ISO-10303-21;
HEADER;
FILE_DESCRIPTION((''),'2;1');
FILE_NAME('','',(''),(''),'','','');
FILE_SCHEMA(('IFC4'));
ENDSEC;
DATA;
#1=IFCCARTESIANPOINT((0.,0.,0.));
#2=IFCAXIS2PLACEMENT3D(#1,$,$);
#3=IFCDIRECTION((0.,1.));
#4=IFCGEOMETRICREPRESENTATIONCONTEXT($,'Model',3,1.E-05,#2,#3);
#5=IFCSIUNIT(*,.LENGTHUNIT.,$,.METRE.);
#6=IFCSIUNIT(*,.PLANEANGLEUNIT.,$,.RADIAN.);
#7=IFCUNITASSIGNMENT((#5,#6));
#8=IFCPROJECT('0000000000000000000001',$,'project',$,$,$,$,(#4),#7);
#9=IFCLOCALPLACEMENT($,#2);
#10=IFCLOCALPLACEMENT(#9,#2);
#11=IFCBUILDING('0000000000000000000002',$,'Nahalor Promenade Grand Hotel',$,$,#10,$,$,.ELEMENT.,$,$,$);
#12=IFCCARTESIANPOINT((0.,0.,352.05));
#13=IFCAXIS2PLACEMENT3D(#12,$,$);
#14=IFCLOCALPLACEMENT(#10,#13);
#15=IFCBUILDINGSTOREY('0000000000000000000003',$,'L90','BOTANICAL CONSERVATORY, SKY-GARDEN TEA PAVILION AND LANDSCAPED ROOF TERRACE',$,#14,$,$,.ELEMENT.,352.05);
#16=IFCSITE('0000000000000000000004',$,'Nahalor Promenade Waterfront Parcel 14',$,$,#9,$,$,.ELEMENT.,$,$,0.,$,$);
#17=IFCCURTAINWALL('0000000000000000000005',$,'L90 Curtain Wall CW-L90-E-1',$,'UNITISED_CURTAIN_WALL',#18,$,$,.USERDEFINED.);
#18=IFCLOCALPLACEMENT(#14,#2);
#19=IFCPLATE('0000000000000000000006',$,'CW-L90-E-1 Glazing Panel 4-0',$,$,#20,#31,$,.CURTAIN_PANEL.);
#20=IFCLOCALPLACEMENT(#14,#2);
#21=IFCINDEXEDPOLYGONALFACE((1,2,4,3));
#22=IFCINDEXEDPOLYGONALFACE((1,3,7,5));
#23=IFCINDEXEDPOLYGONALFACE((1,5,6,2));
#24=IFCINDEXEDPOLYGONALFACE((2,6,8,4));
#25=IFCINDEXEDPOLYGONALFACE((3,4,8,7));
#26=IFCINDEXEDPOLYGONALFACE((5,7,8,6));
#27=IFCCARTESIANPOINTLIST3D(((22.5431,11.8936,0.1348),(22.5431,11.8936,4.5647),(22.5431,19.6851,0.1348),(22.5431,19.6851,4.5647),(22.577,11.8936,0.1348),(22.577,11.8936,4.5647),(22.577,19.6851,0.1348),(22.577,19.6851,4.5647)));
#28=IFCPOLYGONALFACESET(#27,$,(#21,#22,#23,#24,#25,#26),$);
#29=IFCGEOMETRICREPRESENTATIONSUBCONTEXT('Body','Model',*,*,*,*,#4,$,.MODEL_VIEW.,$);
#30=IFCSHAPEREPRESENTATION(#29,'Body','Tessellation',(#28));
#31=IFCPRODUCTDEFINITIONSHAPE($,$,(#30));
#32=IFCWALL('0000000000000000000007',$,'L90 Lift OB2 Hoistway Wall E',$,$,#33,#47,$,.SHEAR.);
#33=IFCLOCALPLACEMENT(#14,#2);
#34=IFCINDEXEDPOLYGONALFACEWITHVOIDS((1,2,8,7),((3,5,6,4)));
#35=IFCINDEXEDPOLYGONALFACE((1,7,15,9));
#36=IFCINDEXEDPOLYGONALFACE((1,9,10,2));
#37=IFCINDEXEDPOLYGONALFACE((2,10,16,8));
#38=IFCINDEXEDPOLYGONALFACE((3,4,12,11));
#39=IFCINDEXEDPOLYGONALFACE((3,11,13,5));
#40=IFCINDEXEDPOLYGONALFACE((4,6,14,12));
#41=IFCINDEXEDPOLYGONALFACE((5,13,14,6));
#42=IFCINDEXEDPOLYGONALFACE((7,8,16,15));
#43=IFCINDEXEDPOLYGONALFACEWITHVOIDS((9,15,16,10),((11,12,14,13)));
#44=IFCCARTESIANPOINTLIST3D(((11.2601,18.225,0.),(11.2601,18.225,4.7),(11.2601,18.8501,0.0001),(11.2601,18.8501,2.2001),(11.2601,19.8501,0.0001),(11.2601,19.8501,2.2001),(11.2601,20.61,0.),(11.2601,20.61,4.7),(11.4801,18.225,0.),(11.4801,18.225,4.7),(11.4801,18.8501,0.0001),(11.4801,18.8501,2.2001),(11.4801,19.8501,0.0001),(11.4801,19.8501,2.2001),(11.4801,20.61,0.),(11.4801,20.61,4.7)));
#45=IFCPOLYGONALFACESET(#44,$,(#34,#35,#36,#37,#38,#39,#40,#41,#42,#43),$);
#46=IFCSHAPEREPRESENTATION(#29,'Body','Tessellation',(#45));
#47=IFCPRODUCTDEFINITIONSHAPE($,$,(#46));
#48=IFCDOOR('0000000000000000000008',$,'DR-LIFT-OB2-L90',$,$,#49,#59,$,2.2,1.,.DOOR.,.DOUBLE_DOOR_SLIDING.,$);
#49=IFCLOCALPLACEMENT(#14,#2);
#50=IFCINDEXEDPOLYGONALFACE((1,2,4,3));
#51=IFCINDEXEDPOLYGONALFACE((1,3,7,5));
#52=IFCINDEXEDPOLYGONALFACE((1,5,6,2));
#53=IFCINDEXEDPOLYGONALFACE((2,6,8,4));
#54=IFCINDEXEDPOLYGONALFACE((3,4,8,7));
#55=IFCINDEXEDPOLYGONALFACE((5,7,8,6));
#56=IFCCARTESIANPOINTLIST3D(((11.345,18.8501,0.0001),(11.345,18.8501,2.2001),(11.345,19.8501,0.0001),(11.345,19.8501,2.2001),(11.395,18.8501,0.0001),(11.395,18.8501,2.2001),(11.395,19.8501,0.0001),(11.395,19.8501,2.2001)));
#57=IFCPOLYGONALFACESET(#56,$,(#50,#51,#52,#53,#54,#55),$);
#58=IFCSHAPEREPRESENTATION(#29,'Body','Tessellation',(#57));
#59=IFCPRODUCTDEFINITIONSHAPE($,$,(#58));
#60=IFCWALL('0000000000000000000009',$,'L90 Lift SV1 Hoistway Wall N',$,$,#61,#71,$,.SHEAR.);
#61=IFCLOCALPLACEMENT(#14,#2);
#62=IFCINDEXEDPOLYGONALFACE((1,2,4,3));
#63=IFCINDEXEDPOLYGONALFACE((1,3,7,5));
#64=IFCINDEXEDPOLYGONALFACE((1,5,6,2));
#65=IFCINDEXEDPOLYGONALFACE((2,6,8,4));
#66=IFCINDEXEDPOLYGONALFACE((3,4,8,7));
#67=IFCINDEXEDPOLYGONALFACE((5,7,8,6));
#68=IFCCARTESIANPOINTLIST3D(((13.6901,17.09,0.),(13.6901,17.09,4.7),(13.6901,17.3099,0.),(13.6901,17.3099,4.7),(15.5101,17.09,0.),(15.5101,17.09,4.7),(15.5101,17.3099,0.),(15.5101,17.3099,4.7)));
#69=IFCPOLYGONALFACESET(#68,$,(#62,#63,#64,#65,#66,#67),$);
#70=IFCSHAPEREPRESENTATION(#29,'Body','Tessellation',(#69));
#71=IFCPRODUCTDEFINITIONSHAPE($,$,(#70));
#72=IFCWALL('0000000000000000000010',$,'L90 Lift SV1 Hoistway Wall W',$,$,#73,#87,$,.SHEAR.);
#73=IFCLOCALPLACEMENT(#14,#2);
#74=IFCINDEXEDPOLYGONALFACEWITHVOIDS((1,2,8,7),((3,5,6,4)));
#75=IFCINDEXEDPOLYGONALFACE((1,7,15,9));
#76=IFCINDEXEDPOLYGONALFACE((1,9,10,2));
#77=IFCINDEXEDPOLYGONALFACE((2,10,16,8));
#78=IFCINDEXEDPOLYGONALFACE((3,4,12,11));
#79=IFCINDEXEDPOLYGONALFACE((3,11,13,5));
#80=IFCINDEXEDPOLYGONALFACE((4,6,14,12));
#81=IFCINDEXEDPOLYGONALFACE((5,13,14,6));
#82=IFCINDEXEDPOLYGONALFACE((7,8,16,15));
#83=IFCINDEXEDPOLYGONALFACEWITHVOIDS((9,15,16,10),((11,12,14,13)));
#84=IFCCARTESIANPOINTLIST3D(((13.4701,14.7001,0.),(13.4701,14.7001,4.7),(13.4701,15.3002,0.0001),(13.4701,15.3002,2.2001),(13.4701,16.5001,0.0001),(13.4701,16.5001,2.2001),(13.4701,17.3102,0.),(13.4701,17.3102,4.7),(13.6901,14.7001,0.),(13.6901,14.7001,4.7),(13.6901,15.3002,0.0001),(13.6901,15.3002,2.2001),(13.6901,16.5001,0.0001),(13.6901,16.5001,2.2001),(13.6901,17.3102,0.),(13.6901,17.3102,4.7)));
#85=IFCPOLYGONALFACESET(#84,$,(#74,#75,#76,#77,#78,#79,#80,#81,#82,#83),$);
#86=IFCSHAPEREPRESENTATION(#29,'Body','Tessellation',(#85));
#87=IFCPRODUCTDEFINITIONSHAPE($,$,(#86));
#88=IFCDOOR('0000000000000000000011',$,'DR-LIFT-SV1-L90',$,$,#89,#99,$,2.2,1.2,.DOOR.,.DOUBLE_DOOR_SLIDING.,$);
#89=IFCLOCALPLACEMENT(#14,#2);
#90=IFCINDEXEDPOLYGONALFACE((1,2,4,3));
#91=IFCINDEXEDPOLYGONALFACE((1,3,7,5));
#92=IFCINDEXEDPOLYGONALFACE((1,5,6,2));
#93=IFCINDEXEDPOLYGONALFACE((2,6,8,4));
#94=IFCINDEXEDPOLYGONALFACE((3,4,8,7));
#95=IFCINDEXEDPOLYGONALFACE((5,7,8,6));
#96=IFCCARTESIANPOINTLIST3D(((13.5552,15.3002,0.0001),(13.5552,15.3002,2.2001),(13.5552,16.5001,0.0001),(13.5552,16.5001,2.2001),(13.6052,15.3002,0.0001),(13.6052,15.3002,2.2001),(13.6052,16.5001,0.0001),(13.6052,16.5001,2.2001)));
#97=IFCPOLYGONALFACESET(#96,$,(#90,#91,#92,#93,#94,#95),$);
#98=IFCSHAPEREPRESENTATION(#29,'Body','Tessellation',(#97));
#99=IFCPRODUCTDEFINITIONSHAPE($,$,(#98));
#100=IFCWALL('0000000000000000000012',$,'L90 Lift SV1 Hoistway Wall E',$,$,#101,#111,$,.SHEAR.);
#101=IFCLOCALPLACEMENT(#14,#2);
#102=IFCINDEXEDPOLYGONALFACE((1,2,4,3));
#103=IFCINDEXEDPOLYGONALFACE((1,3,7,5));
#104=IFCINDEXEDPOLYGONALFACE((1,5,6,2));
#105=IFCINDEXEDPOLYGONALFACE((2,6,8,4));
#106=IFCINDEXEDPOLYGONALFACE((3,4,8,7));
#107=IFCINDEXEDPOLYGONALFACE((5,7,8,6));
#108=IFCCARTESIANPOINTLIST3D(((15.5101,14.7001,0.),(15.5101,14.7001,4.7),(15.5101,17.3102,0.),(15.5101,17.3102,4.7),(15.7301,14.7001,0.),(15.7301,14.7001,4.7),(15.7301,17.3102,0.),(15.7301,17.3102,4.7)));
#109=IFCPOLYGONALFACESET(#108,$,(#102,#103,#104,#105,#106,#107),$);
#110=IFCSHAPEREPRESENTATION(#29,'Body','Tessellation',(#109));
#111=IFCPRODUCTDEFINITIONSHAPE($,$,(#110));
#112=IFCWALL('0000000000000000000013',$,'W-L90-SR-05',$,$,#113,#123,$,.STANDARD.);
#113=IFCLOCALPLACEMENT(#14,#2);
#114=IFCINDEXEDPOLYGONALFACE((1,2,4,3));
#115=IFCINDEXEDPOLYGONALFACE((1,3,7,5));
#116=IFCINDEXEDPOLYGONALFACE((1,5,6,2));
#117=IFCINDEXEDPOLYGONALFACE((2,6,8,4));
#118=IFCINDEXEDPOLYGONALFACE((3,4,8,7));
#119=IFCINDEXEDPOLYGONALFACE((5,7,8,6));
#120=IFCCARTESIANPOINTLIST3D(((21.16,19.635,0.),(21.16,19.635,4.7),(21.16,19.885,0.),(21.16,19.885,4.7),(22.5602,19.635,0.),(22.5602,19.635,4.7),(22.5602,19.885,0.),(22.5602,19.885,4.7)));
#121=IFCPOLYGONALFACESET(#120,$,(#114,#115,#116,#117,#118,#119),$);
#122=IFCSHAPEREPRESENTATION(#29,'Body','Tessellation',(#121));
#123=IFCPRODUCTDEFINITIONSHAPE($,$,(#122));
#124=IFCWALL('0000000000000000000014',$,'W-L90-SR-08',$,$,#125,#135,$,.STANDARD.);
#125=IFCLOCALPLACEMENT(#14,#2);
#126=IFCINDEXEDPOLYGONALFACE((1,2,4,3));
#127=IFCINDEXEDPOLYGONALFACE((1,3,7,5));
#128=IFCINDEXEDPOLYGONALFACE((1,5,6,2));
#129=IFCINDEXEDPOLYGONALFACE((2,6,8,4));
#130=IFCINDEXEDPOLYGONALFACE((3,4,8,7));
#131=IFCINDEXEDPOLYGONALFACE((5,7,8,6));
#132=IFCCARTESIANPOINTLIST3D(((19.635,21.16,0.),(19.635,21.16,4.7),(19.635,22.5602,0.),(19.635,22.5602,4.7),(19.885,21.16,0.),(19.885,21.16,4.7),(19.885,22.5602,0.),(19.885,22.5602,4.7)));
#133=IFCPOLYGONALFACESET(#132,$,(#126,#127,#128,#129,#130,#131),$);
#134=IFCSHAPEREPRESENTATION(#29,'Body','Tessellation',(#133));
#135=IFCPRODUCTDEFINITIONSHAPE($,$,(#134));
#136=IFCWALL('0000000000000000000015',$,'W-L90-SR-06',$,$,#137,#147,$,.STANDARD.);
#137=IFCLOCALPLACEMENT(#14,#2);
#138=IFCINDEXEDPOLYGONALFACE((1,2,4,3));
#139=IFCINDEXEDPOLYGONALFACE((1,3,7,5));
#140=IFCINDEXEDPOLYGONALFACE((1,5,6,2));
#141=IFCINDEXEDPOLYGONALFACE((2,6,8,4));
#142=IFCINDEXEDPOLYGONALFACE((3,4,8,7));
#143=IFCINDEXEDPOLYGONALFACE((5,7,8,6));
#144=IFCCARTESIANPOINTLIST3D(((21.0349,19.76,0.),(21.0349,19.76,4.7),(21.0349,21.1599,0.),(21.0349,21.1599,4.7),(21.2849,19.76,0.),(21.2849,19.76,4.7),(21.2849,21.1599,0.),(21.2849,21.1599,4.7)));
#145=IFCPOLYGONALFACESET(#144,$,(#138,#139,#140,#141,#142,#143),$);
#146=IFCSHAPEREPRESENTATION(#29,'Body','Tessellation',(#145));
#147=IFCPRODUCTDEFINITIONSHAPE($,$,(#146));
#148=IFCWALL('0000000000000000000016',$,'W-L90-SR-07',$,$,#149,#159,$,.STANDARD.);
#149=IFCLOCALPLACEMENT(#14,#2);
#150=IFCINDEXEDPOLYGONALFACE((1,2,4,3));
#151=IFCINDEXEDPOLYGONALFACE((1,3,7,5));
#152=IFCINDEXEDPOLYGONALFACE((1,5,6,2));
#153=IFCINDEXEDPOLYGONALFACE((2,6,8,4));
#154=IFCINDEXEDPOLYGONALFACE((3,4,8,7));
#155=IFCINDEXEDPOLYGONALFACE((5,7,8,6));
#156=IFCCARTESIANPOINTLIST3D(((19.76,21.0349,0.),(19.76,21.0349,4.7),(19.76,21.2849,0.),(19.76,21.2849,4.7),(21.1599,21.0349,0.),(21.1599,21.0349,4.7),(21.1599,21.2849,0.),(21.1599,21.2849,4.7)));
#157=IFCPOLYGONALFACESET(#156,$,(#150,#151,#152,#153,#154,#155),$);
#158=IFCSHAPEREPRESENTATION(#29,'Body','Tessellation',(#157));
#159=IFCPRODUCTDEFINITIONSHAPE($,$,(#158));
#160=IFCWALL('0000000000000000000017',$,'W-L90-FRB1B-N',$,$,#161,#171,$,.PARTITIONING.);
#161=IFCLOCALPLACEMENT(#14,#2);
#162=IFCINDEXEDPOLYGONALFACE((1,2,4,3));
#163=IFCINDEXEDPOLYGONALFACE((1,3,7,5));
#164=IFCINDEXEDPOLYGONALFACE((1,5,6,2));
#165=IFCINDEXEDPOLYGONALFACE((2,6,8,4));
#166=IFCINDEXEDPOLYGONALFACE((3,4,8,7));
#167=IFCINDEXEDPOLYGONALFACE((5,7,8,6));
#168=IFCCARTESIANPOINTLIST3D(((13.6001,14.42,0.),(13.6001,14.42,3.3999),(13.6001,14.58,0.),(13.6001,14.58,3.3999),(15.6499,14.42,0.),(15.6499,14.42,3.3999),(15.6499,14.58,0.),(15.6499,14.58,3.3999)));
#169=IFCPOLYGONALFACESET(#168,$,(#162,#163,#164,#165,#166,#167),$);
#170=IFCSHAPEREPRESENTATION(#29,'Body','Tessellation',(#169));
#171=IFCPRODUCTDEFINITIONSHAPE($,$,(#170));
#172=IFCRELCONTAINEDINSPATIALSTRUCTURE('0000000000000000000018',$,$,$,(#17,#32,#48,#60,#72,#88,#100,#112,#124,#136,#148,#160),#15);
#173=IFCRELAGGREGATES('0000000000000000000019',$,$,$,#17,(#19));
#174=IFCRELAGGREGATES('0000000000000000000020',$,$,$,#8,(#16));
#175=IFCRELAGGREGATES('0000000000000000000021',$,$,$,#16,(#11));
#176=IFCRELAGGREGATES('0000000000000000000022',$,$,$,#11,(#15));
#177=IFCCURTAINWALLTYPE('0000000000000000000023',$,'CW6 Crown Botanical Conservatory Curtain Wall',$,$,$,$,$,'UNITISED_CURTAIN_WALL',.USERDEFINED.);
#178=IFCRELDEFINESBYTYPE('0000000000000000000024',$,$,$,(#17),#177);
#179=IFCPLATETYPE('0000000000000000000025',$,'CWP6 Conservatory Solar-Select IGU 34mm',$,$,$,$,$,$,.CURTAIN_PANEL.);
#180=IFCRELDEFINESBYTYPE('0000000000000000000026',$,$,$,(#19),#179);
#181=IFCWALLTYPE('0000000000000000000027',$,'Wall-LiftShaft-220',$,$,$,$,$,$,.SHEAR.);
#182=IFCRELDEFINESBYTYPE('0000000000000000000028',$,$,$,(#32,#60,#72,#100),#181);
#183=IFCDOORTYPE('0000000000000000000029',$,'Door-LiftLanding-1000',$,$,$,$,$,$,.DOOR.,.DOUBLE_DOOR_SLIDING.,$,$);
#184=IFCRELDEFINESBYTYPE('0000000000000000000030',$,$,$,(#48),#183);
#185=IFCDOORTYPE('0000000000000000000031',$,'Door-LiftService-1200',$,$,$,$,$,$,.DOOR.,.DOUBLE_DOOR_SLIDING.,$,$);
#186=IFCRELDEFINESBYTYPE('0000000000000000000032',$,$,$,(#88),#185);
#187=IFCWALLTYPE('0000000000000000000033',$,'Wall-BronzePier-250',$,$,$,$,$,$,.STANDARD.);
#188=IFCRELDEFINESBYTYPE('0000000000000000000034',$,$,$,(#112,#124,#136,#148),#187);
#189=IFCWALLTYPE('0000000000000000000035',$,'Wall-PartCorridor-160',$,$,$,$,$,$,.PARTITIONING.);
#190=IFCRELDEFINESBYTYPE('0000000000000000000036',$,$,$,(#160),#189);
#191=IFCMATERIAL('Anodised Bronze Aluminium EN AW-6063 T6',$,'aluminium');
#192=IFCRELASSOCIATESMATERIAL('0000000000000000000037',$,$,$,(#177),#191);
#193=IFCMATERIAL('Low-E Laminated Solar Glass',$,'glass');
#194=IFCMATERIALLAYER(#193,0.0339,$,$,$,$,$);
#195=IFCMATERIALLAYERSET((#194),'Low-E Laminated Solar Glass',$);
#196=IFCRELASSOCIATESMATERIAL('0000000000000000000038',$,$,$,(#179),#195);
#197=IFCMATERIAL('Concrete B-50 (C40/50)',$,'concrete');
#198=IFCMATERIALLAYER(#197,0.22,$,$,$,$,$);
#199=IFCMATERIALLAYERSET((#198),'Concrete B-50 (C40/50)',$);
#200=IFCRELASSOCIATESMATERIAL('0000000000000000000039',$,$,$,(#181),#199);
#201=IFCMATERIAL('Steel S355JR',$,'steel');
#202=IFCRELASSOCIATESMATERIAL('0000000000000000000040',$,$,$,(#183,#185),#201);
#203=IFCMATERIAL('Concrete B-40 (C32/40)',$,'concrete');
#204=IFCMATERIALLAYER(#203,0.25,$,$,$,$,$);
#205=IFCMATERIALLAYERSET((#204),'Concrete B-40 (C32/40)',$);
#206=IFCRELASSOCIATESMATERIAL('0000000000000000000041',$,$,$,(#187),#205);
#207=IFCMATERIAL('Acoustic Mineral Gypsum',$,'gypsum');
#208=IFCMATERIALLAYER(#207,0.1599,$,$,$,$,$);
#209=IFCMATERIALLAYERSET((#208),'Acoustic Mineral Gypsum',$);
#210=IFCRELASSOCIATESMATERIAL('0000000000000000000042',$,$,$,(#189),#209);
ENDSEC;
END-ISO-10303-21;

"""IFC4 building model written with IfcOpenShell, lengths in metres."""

from ifc_helpers import new_model, si_unit, direction, frame, frame_2d, origin, origin_2d, place, context, subcontext, project, spatial, rectangle, extrude, source, transform, mapped, material, layer, layer_set, type_object, element, fill, aggregate, save


model = new_model("IFC4")

# Units and contexts
model_context = context("Model", 3, precision=1e-05, world=origin(), true_north=direction((0.0, 1.0)))
body_context = subcontext(model_context, "Body", "Model", "MODEL_VIEW")
ifc_project = project(units=[si_unit("LENGTHUNIT", "METRE"), si_unit("PLANEANGLEUNIT", "RADIAN")], contexts=[model_context])

# Site, building, storey
site_placement = place(None, origin())
site = spatial("IfcSite", under=ifc_project, at=site_placement, Name="Nahalor Promenade Waterfront Parcel 14", CompositionType="ELEMENT", RefElevation=0.0)
building_placement = place(site_placement, origin())
building = spatial("IfcBuilding", under=site, at=building_placement, Name="Nahalor Promenade Grand Hotel", CompositionType="ELEMENT")
storey_placement = place(building_placement, frame((0.0, 0.0, 352.05)))
storey = spatial("IfcBuildingStorey", under=building, at=storey_placement, Name="L90", Description="BOTANICAL CONSERVATORY, SKY-GARDEN TEA PAVILION AND LANDSCAPED ROOF TERRACE", CompositionType="ELEMENT", Elevation=352.05)

# Shared definitions
ifc_material_1 = material(Name="Concrete B-50 (C40/50)", Category="concrete")
ifc_material_2 = material(Name="Steel S355JR", Category="steel")

# Shared definitions
ifc_material_3 = material(Name="Anodised Bronze Aluminium EN AW-6063 T6", Category="aluminium")
curtain_wall_type = type_object("IfcCurtainWallType", Name="CW6 Crown Botanical Conservatory Curtain Wall", ElementType="UNITISED_CURTAIN_WALL", PredefinedType="USERDEFINED", material=ifc_material_3)

# Curtain wall
curtain_wall_1_placement = place(storey_placement, origin())
curtain_wall_1 = element("IfcCurtainWall", 1, at=curtain_wall_1_placement, inside=storey, type_object=curtain_wall_type, Name="L90 Curtain Wall CW-L90-E-1", ObjectType="UNITISED_CURTAIN_WALL", PredefinedType="USERDEFINED")

# Plate
ifc_material_4 = material(Name="Low-E Laminated Solar Glass", Category="glass")
ifc_layer_1 = layer(ifc_material_4, 0.0339)
ifc_layer_set_1 = layer_set([ifc_layer_1], Name="Low-E Laminated Solar Glass")
plate_type = type_object("IfcPlateType", Name="CWP6 Conservatory Solar-Select IGU 34mm", PredefinedType="CURTAIN_PANEL", material=ifc_layer_set_1)
shared_shape_1 = source(origin(), body_context, "Body", "SweptSolid", [
    extrude(rectangle(XDim=7.7915, YDim=0.0339, at=origin_2d()), origin(), (0.0, 0.0, 1.0), 4.4299),
])
plate_1_placement = place(storey_placement, frame((22.5601, 15.7893, 0.1348), z_axis=(0.0, 0.0, 1.0), x_axis=(0.0, 1.0, 0.0)))
plate_1 = element("IfcPlate", 2, at=plate_1_placement, type_object=plate_type, Name="CW-L90-E-1 Glazing Panel 4-0", PredefinedType="CURTAIN_PANEL", context=body_context, shape_type="MappedRepresentation", body=[
    mapped(shared_shape_1, transform((0.0, 0.0, 0.0), scale=1.0)),
])
aggregate(curtain_wall_1, [plate_1])

# Wall, opening, door
ifc_layer_2 = layer(ifc_material_1, 0.22)
ifc_layer_set_2 = layer_set([ifc_layer_2], Name="Concrete B-50 (C40/50)")
wall_type_1 = type_object("IfcWallType", Name="Wall-LiftShaft-220", PredefinedType="SHEAR", material=ifc_layer_set_2)
shared_shape_2 = source(origin(), body_context, "Body", "SweptSolid", [
    extrude(rectangle(XDim=2.385, YDim=0.22, at=frame_2d((1.1924, 0.0))), origin(), (0.0, 0.0, 1.0), 4.7),
])
wall_1_placement = place(storey_placement, frame((11.3701, 18.2251, 0.0), z_axis=(0.0, 0.0, 1.0), x_axis=(0.0, 1.0, 0.0)))
wall_1 = element("IfcWall", 3, at=wall_1_placement, inside=storey, type_object=wall_type_1, Name="L90 Lift OB2 Hoistway Wall E", PredefinedType="SHEAR", context=body_context, shape_type="MappedRepresentation", body=[
    mapped(shared_shape_2, transform((0.0, 0.0, 0.0), scale=1.0)),
])
opening_1_placement = place(wall_1_placement, frame((0.625, 0.0, 0.0)))
opening_1 = element("IfcOpeningElement", 4, at=opening_1_placement, cuts=wall_1, PredefinedType="OPENING", context=body_context, shape_type="SweptSolid", body=[
    extrude(rectangle(XDim=1.0, YDim=2.2, at=frame_2d((0.5, 1.1001))), frame((0.0, 0.1199, 0.0), z_axis=(0.0, -1.0, 0.0), x_axis=(1.0, 0.0, 0.0)), (0.0, 0.0, 1.0), 0.24),
])
door_type_1 = type_object("IfcDoorType", Name="Door-LiftLanding-1000", OperationType="DOUBLE_DOOR_SLIDING", PredefinedType="DOOR", material=ifc_material_2)
shared_shape_3 = source(origin(), body_context, "Body", "SweptSolid", [
    extrude(rectangle(XDim=1.0, YDim=2.2, at=frame_2d((0.5, 1.1001))), frame((0.0, 0.0249, 0.0), z_axis=(0.0, -1.0, 0.0), x_axis=(1.0, 0.0, 0.0)), (0.0, 0.0, 1.0), 0.05),
])
door_1_placement = place(opening_1_placement, frame((1.0, 0.0, 0.0), z_axis=(0.0, 0.0, 1.0), x_axis=(-1.0, 0.0, 0.0)))
door_1 = element("IfcDoor", 5, at=door_1_placement, inside=storey, type_object=door_type_1, Name="DR-LIFT-OB2-L90", OperationType="DOUBLE_DOOR_SLIDING", OverallHeight=2.2, OverallWidth=1.0, PredefinedType="DOOR", context=body_context, shape_type="MappedRepresentation", body=[
    mapped(shared_shape_3, transform((0.0, 0.0, 0.0), scale=1.0)),
])
fill(opening_1, door_1)

# Wall
shared_shape_4 = source(origin(), body_context, "Body", "SweptSolid", [
    extrude(rectangle(XDim=1.8201, YDim=0.22, at=frame_2d((0.9102, 0.0))), origin(), (0.0, 0.0, 1.0), 4.7),
])
wall_2_placement = place(storey_placement, frame((13.6899, 17.2, 0.0), z_axis=(0.0, 0.0, 1.0), x_axis=(1.0, 0.0, 0.0)))
element("IfcWall", 6, at=wall_2_placement, inside=storey, type_object=wall_type_1, Name="L90 Lift SV1 Hoistway Wall N", PredefinedType="SHEAR", context=body_context, shape_type="MappedRepresentation", body=[
    mapped(shared_shape_4, transform((0.0, 0.0, 0.0), scale=1.0)),
])

# Wall, opening, door
shared_shape_5 = source(origin(), body_context, "Body", "SweptSolid", [
    extrude(rectangle(XDim=2.6101, YDim=0.22, at=frame_2d((1.3052, 0.0))), origin(), (0.0, 0.0, 1.0), 4.7),
])
wall_3_placement = place(storey_placement, frame((13.5801, 14.7, 0.0), z_axis=(0.0, 0.0, 1.0), x_axis=(0.0, 1.0, 0.0)))
wall_3 = element("IfcWall", 7, at=wall_3_placement, inside=storey, type_object=wall_type_1, Name="L90 Lift SV1 Hoistway Wall W", PredefinedType="SHEAR", context=body_context, shape_type="MappedRepresentation", body=[
    mapped(shared_shape_5, transform((0.0, 0.0, 0.0), scale=1.0)),
])
opening_2_placement = place(wall_3_placement, frame((0.6001, 0.0, 0.0)))
opening_2 = element("IfcOpeningElement", 8, at=opening_2_placement, cuts=wall_3, PredefinedType="OPENING", context=body_context, shape_type="SweptSolid", body=[
    extrude(rectangle(XDim=1.2, YDim=2.2, at=frame_2d((0.6001, 1.1001))), frame((0.0, 0.1199, 0.0), z_axis=(0.0, -1.0, 0.0), x_axis=(1.0, 0.0, 0.0)), (0.0, 0.0, 1.0), 0.24),
])
door_type_2 = type_object("IfcDoorType", Name="Door-LiftService-1200", OperationType="DOUBLE_DOOR_SLIDING", PredefinedType="DOOR", material=ifc_material_2)
shared_shape_6 = source(origin(), body_context, "Body", "SweptSolid", [
    extrude(rectangle(XDim=1.2, YDim=2.2, at=frame_2d((0.6001, 1.1001))), frame((0.0, 0.0249, 0.0), z_axis=(0.0, -1.0, 0.0), x_axis=(1.0, 0.0, 0.0)), (0.0, 0.0, 1.0), 0.05),
])
door_2_placement = place(opening_2_placement, origin())
door_2 = element("IfcDoor", 9, at=door_2_placement, inside=storey, type_object=door_type_2, Name="DR-LIFT-SV1-L90", OperationType="DOUBLE_DOOR_SLIDING", OverallHeight=2.2, OverallWidth=1.2, PredefinedType="DOOR", context=body_context, shape_type="MappedRepresentation", body=[
    mapped(shared_shape_6, transform((0.0, 0.0, 0.0), scale=1.0)),
])
fill(opening_2, door_2)

# Walls
wall_4_placement = place(storey_placement, frame((15.6201, 14.7, 0.0), z_axis=(0.0, 0.0, 1.0), x_axis=(0.0, 1.0, 0.0)))
element("IfcWall", 10, at=wall_4_placement, inside=storey, type_object=wall_type_1, Name="L90 Lift SV1 Hoistway Wall E", PredefinedType="SHEAR", context=body_context, shape_type="MappedRepresentation", body=[
    mapped(shared_shape_5, transform((0.0, 0.0, 0.0), scale=1.0)),
])
ifc_material_5 = material(Name="Concrete B-40 (C32/40)", Category="concrete")
ifc_layer_3 = layer(ifc_material_5, 0.25)
ifc_layer_set_3 = layer_set([ifc_layer_3], Name="Concrete B-40 (C32/40)")
wall_type_2 = type_object("IfcWallType", Name="Wall-BronzePier-250", PredefinedType="STANDARD", material=ifc_layer_set_3)
shared_shape_7 = source(origin(), body_context, "Body", "SweptSolid", [
    extrude(rectangle(XDim=1.4001, YDim=0.25, at=frame_2d((0.7002, 0.0))), origin(), (0.0, 0.0, 1.0), 4.7),
])
for number, where, z_axis, x_axis, name in (
    (11, (21.1599, 19.76, 0.0), (0.0, 0.0, 1.0), (1.0, 0.0, 0.0), "W-L90-SR-05"),
    (12, (19.76, 21.1599, 0.0), (0.0, 0.0, 1.0), (0.0, 1.0, 0.0), "W-L90-SR-08"),
):
    element("IfcWall", number, at=place(storey_placement, frame(where, z_axis=z_axis, x_axis=x_axis)), inside=storey, type_object=wall_type_2, Name=name, PredefinedType="STANDARD", context=body_context, shape_type="MappedRepresentation", body=[
        mapped(shared_shape_7, transform((0.0, 0.0, 0.0), scale=1.0)),
    ])
shared_shape_8 = source(origin(), body_context, "Body", "SweptSolid", [
    extrude(rectangle(XDim=1.3999, YDim=0.25, at=frame_2d((0.7, 0.0))), origin(), (0.0, 0.0, 1.0), 4.7),
])
for number, where, z_axis, x_axis, name in (
    (13, (21.1599, 19.76, 0.0), (0.0, 0.0, 1.0), (0.0, 1.0, 0.0), "W-L90-SR-06"),
    (14, (19.76, 21.1599, 0.0), (0.0, 0.0, 1.0), (1.0, 0.0, 0.0), "W-L90-SR-07"),
):
    element("IfcWall", number, at=place(storey_placement, frame(where, z_axis=z_axis, x_axis=x_axis)), inside=storey, type_object=wall_type_2, Name=name, PredefinedType="STANDARD", context=body_context, shape_type="MappedRepresentation", body=[
        mapped(shared_shape_8, transform((0.0, 0.0, 0.0), scale=1.0)),
    ])
ifc_material_6 = material(Name="Acoustic Mineral Gypsum", Category="gypsum")
ifc_layer_4 = layer(ifc_material_6, 0.1599)
ifc_layer_set_4 = layer_set([ifc_layer_4], Name="Acoustic Mineral Gypsum")
wall_type_3 = type_object("IfcWallType", Name="Wall-PartCorridor-160", PredefinedType="PARTITIONING", material=ifc_layer_set_4)
shared_shape_9 = source(origin(), body_context, "Body", "SweptSolid", [
    extrude(rectangle(XDim=2.0498, YDim=0.1599, at=frame_2d((1.0249, 0.0))), origin(), (0.0, 0.0, 1.0), 3.3999),
])
wall_5_placement = place(storey_placement, frame((13.6001, 14.5, 0.0), z_axis=(0.0, 0.0, 1.0), x_axis=(1.0, 0.0, 0.0)))
element("IfcWall", 15, at=wall_5_placement, inside=storey, type_object=wall_type_3, Name="W-L90-FRB1B-N", PredefinedType="PARTITIONING", context=body_context, shape_type="MappedRepresentation", body=[
    mapped(shared_shape_9, transform((0.0, 0.0, 0.0), scale=1.0)),
])

save(model, "model.ifc")
